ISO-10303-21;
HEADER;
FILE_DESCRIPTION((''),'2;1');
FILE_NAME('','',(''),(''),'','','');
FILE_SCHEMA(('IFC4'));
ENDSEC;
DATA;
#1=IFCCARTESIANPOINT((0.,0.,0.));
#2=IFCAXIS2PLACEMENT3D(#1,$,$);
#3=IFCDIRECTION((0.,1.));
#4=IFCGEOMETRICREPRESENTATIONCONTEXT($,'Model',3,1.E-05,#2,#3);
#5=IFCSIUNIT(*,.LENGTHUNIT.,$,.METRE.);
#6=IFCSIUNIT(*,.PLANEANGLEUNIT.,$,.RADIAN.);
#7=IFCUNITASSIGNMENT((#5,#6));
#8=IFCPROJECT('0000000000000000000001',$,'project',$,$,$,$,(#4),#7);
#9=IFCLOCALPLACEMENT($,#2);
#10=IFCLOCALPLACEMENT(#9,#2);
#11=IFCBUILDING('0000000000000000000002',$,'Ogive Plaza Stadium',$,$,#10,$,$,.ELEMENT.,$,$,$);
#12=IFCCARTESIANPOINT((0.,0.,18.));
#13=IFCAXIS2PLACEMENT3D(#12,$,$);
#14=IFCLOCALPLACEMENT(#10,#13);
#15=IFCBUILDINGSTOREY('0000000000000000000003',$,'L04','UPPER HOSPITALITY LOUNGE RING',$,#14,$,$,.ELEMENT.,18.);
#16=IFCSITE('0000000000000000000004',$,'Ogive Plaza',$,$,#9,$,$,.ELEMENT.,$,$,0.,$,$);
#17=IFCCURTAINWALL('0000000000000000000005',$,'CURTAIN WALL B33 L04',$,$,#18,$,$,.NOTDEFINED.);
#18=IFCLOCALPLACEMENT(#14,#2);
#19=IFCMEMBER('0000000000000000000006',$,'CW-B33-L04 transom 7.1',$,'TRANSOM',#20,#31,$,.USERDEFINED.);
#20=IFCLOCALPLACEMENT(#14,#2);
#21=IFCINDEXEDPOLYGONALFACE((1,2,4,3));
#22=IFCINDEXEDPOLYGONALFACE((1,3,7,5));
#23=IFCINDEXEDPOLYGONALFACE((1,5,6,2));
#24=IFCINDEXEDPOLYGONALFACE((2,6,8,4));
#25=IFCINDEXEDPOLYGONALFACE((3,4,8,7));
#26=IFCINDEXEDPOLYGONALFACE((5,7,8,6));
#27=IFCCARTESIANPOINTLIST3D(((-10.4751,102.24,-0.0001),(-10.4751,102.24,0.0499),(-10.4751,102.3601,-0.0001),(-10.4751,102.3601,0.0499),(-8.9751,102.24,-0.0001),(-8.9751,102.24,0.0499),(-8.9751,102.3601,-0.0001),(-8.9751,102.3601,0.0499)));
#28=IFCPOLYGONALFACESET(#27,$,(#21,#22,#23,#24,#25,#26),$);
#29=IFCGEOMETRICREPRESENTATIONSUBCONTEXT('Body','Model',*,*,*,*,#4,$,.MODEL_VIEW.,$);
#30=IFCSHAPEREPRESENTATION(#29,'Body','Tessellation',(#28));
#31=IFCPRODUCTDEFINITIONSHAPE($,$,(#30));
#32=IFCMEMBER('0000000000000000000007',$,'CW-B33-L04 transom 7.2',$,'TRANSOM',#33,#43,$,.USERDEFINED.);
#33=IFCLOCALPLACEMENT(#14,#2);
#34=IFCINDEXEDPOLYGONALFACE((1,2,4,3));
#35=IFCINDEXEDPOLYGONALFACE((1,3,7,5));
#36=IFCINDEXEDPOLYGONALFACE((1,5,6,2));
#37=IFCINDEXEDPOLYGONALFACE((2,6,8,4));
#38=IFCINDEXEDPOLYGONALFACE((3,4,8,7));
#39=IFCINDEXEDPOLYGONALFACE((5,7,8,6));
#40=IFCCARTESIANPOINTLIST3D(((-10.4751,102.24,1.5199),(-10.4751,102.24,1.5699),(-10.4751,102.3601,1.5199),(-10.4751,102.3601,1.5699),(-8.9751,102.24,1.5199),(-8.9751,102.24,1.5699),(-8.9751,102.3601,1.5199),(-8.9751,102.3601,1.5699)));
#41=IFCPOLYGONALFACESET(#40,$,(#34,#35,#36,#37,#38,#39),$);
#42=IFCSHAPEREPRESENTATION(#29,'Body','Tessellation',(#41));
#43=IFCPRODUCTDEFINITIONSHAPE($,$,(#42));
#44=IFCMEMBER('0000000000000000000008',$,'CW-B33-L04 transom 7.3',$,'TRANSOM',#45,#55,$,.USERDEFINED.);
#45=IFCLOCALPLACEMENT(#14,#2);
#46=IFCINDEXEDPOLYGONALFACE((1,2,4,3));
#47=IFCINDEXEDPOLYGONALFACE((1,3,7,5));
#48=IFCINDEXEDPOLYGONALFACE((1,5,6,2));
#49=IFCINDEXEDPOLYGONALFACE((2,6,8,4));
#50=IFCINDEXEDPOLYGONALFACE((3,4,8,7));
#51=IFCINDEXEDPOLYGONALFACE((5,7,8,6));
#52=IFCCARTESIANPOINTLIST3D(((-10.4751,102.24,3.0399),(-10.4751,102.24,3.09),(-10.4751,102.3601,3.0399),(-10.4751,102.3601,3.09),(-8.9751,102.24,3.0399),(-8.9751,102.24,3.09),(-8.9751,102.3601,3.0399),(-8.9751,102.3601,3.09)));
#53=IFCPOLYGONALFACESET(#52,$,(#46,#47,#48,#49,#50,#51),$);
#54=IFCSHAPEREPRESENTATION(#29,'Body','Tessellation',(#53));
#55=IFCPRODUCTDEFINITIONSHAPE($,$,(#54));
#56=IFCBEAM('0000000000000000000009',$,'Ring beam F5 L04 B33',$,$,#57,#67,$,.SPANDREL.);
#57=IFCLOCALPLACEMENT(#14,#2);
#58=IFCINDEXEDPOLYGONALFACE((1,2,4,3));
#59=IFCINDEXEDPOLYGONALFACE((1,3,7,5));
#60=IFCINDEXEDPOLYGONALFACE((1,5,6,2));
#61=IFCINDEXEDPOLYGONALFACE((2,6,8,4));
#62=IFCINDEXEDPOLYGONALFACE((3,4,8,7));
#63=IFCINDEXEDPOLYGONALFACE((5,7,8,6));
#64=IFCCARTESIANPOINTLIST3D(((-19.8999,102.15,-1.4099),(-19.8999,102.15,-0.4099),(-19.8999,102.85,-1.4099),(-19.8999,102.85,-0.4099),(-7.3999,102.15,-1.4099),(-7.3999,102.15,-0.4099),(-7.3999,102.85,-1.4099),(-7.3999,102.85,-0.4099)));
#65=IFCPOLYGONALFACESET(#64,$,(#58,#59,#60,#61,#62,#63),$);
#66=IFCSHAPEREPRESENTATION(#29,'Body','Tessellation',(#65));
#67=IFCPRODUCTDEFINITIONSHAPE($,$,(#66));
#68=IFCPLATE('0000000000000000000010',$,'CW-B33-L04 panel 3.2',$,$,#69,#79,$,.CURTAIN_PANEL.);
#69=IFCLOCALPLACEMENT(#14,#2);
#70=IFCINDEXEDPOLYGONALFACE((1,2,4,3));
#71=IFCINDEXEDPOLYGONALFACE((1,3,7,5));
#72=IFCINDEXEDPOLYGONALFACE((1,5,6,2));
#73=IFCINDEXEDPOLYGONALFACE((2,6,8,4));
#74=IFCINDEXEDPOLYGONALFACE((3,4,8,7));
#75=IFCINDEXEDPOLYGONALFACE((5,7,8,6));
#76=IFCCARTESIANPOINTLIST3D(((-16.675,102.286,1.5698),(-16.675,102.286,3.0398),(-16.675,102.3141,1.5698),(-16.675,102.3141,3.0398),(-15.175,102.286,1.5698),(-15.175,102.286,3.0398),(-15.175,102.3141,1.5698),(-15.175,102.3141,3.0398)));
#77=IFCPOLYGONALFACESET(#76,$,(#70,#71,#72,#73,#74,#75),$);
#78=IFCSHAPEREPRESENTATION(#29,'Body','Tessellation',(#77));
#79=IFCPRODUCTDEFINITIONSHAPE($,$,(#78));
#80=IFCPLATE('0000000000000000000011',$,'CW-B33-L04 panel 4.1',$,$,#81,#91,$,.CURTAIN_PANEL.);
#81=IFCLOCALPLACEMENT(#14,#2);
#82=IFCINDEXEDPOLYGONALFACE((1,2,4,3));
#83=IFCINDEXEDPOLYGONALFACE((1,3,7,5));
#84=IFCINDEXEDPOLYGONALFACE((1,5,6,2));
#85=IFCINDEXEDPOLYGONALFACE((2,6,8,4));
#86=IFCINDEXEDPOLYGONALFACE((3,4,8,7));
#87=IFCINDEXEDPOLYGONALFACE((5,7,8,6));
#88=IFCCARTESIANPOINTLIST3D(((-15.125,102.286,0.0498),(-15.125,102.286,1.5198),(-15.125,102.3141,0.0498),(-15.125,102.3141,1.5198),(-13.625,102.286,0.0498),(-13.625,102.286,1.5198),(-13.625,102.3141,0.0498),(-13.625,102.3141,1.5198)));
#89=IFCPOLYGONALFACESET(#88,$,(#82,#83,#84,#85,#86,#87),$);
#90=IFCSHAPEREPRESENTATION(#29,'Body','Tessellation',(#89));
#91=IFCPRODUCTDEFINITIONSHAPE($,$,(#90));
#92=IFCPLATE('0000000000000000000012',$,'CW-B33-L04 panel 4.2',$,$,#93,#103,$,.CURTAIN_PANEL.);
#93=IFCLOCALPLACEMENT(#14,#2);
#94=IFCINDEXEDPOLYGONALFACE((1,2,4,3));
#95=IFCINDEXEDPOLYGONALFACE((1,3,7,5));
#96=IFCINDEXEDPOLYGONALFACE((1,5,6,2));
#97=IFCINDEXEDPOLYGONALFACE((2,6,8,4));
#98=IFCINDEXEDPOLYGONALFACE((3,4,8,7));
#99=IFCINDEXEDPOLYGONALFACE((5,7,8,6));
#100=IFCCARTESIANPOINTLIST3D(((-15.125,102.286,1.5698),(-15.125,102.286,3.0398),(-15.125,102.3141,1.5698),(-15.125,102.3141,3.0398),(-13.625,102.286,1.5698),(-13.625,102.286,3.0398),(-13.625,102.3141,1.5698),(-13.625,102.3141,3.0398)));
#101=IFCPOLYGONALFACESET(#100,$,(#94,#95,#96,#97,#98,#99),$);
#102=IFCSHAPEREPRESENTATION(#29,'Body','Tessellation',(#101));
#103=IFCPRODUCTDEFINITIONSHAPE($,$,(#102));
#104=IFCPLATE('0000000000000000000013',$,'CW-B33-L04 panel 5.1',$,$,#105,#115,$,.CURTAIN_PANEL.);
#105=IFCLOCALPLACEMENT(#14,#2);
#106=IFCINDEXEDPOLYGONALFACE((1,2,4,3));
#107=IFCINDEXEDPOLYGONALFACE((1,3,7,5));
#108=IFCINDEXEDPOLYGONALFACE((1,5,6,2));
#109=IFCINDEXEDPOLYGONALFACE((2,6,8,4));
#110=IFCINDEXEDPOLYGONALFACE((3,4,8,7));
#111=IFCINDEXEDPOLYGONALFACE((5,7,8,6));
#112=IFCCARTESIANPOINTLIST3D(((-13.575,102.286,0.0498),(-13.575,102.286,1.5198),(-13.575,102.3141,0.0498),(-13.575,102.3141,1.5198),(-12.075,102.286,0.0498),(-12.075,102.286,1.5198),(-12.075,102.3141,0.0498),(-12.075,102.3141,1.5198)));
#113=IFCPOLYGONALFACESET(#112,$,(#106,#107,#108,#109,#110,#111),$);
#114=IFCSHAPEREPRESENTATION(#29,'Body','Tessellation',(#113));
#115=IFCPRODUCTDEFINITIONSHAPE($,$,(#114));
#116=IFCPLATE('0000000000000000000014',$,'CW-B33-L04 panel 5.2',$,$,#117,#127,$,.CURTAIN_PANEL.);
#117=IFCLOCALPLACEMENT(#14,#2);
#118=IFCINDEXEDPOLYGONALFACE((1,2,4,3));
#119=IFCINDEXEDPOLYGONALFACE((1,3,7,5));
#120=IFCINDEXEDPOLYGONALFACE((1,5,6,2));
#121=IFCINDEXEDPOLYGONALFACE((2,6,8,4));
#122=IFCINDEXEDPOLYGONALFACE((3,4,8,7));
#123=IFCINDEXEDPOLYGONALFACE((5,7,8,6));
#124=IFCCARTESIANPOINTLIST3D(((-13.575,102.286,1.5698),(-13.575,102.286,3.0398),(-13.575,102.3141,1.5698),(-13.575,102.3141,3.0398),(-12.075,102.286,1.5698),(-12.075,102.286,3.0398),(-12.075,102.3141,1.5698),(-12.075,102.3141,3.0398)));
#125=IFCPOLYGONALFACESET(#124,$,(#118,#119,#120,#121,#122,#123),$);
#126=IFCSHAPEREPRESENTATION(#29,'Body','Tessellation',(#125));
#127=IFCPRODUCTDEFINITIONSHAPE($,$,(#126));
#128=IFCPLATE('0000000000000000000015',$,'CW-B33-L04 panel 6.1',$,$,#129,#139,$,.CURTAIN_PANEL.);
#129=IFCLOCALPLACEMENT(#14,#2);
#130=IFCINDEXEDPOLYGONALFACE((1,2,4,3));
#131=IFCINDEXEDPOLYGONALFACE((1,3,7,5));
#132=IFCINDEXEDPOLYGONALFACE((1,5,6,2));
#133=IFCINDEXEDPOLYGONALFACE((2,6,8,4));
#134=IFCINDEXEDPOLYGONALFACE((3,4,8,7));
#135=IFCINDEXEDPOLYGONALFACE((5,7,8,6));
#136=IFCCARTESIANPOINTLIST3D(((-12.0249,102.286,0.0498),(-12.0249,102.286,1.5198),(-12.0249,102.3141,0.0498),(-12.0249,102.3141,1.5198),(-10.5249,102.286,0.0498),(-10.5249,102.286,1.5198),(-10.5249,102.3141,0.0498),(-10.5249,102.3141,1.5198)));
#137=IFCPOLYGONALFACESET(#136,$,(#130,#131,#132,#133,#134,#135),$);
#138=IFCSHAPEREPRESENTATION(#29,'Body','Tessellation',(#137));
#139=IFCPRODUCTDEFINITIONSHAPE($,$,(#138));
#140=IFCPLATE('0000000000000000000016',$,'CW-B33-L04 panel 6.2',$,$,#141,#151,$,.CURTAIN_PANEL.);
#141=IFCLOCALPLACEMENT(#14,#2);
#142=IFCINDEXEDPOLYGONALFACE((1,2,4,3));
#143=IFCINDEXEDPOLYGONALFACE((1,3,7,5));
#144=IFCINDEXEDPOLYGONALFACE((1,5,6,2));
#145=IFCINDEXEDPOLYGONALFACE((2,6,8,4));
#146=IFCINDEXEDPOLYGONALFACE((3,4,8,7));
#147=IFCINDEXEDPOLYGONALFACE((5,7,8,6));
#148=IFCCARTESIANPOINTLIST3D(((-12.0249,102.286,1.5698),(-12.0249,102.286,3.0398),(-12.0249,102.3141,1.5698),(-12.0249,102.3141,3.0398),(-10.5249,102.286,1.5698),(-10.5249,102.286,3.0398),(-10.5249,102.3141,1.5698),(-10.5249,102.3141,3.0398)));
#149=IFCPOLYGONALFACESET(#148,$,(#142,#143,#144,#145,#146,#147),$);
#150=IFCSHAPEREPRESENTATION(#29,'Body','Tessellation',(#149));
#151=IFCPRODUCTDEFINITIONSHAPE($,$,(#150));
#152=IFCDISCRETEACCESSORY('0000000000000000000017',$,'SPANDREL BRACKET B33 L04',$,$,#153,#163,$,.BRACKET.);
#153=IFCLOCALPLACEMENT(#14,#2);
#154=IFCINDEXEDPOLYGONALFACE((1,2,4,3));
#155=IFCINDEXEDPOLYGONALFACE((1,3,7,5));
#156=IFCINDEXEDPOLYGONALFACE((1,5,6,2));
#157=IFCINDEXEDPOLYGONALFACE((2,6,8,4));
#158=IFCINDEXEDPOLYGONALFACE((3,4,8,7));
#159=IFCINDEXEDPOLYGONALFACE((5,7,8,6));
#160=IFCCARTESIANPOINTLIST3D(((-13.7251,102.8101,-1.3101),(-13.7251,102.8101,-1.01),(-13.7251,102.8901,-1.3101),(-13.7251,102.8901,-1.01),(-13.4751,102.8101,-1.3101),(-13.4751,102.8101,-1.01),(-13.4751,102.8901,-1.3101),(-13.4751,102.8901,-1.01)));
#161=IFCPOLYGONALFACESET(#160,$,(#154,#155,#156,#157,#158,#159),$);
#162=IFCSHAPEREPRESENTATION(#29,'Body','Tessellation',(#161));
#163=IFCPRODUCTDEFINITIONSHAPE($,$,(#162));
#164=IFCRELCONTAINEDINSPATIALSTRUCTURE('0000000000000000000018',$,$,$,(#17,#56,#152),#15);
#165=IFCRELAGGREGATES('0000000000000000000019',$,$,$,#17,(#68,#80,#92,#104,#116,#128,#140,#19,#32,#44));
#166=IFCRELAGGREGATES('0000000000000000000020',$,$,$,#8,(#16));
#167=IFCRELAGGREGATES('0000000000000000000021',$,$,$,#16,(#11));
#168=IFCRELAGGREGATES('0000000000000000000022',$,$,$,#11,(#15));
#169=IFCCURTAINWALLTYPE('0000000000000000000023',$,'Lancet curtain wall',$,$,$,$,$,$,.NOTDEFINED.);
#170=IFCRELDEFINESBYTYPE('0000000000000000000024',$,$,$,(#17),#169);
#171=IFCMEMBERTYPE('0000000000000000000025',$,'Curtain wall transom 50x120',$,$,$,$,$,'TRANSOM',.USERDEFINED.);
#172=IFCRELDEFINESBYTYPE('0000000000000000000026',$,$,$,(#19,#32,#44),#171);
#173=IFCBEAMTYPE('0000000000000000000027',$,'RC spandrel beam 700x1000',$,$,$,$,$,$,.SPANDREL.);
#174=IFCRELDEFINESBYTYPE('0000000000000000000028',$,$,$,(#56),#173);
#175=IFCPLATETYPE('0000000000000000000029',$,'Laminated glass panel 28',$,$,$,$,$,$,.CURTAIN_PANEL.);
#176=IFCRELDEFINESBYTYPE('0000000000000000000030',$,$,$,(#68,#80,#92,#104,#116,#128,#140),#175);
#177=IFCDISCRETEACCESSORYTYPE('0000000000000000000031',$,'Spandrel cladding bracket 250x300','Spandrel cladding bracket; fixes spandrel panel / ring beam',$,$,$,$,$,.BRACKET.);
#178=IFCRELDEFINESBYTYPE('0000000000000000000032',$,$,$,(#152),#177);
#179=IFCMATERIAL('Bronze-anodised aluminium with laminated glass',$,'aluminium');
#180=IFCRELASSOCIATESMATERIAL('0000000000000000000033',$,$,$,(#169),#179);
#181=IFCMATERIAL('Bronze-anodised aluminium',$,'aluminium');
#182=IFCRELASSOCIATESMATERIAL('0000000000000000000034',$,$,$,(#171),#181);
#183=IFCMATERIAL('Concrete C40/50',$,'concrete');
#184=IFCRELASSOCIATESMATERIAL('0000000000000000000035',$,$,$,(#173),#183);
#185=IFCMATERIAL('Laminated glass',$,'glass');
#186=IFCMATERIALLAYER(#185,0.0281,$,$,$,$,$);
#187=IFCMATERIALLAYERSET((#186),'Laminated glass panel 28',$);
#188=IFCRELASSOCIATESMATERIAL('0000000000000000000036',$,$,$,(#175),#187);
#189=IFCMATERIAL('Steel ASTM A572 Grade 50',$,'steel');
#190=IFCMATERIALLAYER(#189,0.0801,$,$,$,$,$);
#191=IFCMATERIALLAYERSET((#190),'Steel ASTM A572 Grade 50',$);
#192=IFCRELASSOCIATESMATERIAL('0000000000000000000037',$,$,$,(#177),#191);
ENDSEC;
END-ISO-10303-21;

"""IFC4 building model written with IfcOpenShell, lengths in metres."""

from ifc_helpers import new_model, si_unit, direction, frame, origin, origin_2d, place, context, subcontext, project, spatial, rectangle, extrude, material, layer, layer_set, material_profile, profile_set, type_object, element, aggregate, save


model = new_model("IFC4")

# Units and contexts
model_context = context("Model", 3, precision=1e-05, world=origin(), true_north=direction((0.0, 1.0)))
body_context = subcontext(model_context, "Body", "Model", "MODEL_VIEW")
ifc_project = project(units=[si_unit("LENGTHUNIT", "METRE"), si_unit("PLANEANGLEUNIT", "RADIAN")], contexts=[model_context])

# Site, building, storey
site_placement = place(None, origin())
site = spatial("IfcSite", under=ifc_project, at=site_placement, Name="Ogive Plaza", CompositionType="ELEMENT", RefElevation=0.0)
building_placement = place(site_placement, origin())
building = spatial("IfcBuilding", under=site, at=building_placement, Name="Ogive Plaza Stadium", CompositionType="ELEMENT")
storey_placement = place(building_placement, frame((0.0, 0.0, 18.0)))
storey = spatial("IfcBuildingStorey", under=building, at=storey_placement, Name="L04", Description="UPPER HOSPITALITY LOUNGE RING", CompositionType="ELEMENT", Elevation=18.0)

# Curtain wall, members
ifc_material_1 = material(Name="Bronze-anodised aluminium with laminated glass", Category="aluminium")
curtain_wall_type = type_object("IfcCurtainWallType", Name="Lancet curtain wall", PredefinedType="NOTDEFINED", material=ifc_material_1)
curtain_wall_placement = place(storey_placement, origin())
curtain_wall = element("IfcCurtainWall", 1, at=curtain_wall_placement, inside=storey, type_object=curtain_wall_type, Name="CURTAIN WALL B33 L04", PredefinedType="NOTDEFINED")
ifc_material_2 = material(Name="Bronze-anodised aluminium", Category="aluminium")
ifc_material_profile_1 = material_profile(ifc_material_2, rectangle(XDim=0.1201, YDim=0.05, at=origin_2d()), Name="AL 120x50")
ifc_profile_set_1 = profile_set([ifc_material_profile_1], Name="Bronze-anodised aluminium")
member_type_1 = type_object("IfcMemberType", Name="Curtain wall transom 50x120", ElementType="TRANSOM", PredefinedType="USERDEFINED", material=ifc_profile_set_1)
member_1_placement = place(storey_placement, frame((-10.4751, 102.3, 0.0249), z_axis=(1.0, 0.0, 0.0), x_axis=(0.0, 1.0, 0.0)))
member_1 = element("IfcMember", 2, at=member_1_placement, type_object=member_type_1, Name="CW-B33-L04 transom 7.1", ObjectType="TRANSOM", PredefinedType="USERDEFINED", context=body_context, shape_type="SweptSolid", body=[
    extrude(rectangle(XDim=0.1201, YDim=0.05, at=origin_2d()), origin(), (0.0, 0.0, 1.0), 1.5),
])
member_2_placement = place(storey_placement, frame((-10.4751, 102.3, 1.5449), z_axis=(1.0, 0.0, 0.0), x_axis=(0.0, 1.0, 0.0)))
member_2 = element("IfcMember", 3, at=member_2_placement, type_object=member_type_1, Name="CW-B33-L04 transom 7.2", ObjectType="TRANSOM", PredefinedType="USERDEFINED", context=body_context, shape_type="SweptSolid", body=[
    extrude(rectangle(XDim=0.1201, YDim=0.05, at=origin_2d()), origin(), (0.0, 0.0, 1.0), 1.5),
])
member_3_placement = place(storey_placement, frame((-10.4751, 102.3, 3.0649), z_axis=(1.0, 0.0, 0.0), x_axis=(0.0, 1.0, 0.0)))
member_3 = element("IfcMember", 4, at=member_3_placement, type_object=member_type_1, Name="CW-B33-L04 transom 7.3", ObjectType="TRANSOM", PredefinedType="USERDEFINED", context=body_context, shape_type="SweptSolid", body=[
    extrude(rectangle(XDim=0.1201, YDim=0.05, at=origin_2d()), origin(), (0.0, 0.0, 1.0), 1.5),
])

# Beam
ifc_material_3 = material(Name="Concrete C40/50", Category="concrete")
ifc_material_profile_2 = material_profile(ifc_material_3, rectangle(XDim=0.7, YDim=1.0, at=origin_2d()), Name="RC 700x1000")
ifc_profile_set_2 = profile_set([ifc_material_profile_2], Name="Concrete C40/50")
beam_type = type_object("IfcBeamType", Name="RC spandrel beam 700x1000", PredefinedType="SPANDREL", material=ifc_profile_set_2)
beam_placement = place(storey_placement, frame((-19.8999, 102.5, -0.9099), z_axis=(1.0, 0.0, 0.0), x_axis=(0.0, 1.0, 0.0)))
element("IfcBeam", 5, at=beam_placement, inside=storey, type_object=beam_type, Name="Ring beam F5 L04 B33", PredefinedType="SPANDREL", context=body_context, shape_type="SweptSolid", body=[
    extrude(rectangle(XDim=0.7, YDim=1.0, at=origin_2d()), origin(), (0.0, 0.0, 1.0), 12.5),
])

# Plates
ifc_material_4 = material(Name="Laminated glass", Category="glass")
ifc_layer_1 = layer(ifc_material_4, 0.0281)
ifc_layer_set_1 = layer_set([ifc_layer_1], Name="Laminated glass panel 28")
plate_type = type_object("IfcPlateType", Name="Laminated glass panel 28", PredefinedType="CURTAIN_PANEL", material=ifc_layer_set_1)
plate_1_placement = place(storey_placement, frame((-15.925, 102.3, 1.5698), z_axis=(0.0, 0.0, 1.0), x_axis=(1.0, 0.0, 0.0)))
plate_1 = element("IfcPlate", 6, at=plate_1_placement, type_object=plate_type, Name="CW-B33-L04 panel 3.2", PredefinedType="CURTAIN_PANEL", context=body_context, shape_type="SweptSolid", body=[
    extrude(rectangle(XDim=1.5, YDim=0.0281, at=origin_2d()), origin(), (0.0, 0.0, 1.0), 1.47),
])
plate_2_placement = place(storey_placement, frame((-14.375, 102.3, 0.0498), z_axis=(0.0, 0.0, 1.0), x_axis=(1.0, 0.0, 0.0)))
plate_2 = element("IfcPlate", 7, at=plate_2_placement, type_object=plate_type, Name="CW-B33-L04 panel 4.1", PredefinedType="CURTAIN_PANEL", context=body_context, shape_type="SweptSolid", body=[
    extrude(rectangle(XDim=1.5, YDim=0.0281, at=origin_2d()), origin(), (0.0, 0.0, 1.0), 1.47),
])
plate_3_placement = place(storey_placement, frame((-14.375, 102.3, 1.5698), z_axis=(0.0, 0.0, 1.0), x_axis=(1.0, 0.0, 0.0)))
plate_3 = element("IfcPlate", 8, at=plate_3_placement, type_object=plate_type, Name="CW-B33-L04 panel 4.2", PredefinedType="CURTAIN_PANEL", context=body_context, shape_type="SweptSolid", body=[
    extrude(rectangle(XDim=1.5, YDim=0.0281, at=origin_2d()), origin(), (0.0, 0.0, 1.0), 1.47),
])
plate_4_placement = place(storey_placement, frame((-12.825, 102.3, 0.0498), z_axis=(0.0, 0.0, 1.0), x_axis=(1.0, 0.0, 0.0)))
plate_4 = element("IfcPlate", 9, at=plate_4_placement, type_object=plate_type, Name="CW-B33-L04 panel 5.1", PredefinedType="CURTAIN_PANEL", context=body_context, shape_type="SweptSolid", body=[
    extrude(rectangle(XDim=1.5, YDim=0.0281, at=origin_2d()), origin(), (0.0, 0.0, 1.0), 1.47),
])
plate_5_placement = place(storey_placement, frame((-12.825, 102.3, 1.5698), z_axis=(0.0, 0.0, 1.0), x_axis=(1.0, 0.0, 0.0)))
plate_5 = element("IfcPlate", 10, at=plate_5_placement, type_object=plate_type, Name="CW-B33-L04 panel 5.2", PredefinedType="CURTAIN_PANEL", context=body_context, shape_type="SweptSolid", body=[
    extrude(rectangle(XDim=1.5, YDim=0.0281, at=origin_2d()), origin(), (0.0, 0.0, 1.0), 1.47),
])
plate_6_placement = place(storey_placement, frame((-11.2749, 102.3, 0.0498), z_axis=(0.0, 0.0, 1.0), x_axis=(1.0, 0.0, 0.0)))
plate_6 = element("IfcPlate", 11, at=plate_6_placement, type_object=plate_type, Name="CW-B33-L04 panel 6.1", PredefinedType="CURTAIN_PANEL", context=body_context, shape_type="SweptSolid", body=[
    extrude(rectangle(XDim=1.5, YDim=0.0281, at=origin_2d()), origin(), (0.0, 0.0, 1.0), 1.47),
])
plate_7_placement = place(storey_placement, frame((-11.2749, 102.3, 1.5698), z_axis=(0.0, 0.0, 1.0), x_axis=(1.0, 0.0, 0.0)))
plate_7 = element("IfcPlate", 12, at=plate_7_placement, type_object=plate_type, Name="CW-B33-L04 panel 6.2", PredefinedType="CURTAIN_PANEL", context=body_context, shape_type="SweptSolid", body=[
    extrude(rectangle(XDim=1.5, YDim=0.0281, at=origin_2d()), origin(), (0.0, 0.0, 1.0), 1.47),
])
aggregate(curtain_wall, [plate_1, plate_2, plate_3, plate_4, plate_5, plate_6, plate_7, member_1, member_2, member_3])

# Discrete accessory
ifc_material_5 = material(Name="Steel ASTM A572 Grade 50", Category="steel")
ifc_layer_2 = layer(ifc_material_5, 0.0801)
ifc_layer_set_2 = layer_set([ifc_layer_2], Name="Steel ASTM A572 Grade 50")
discrete_accessory_type = type_object("IfcDiscreteAccessoryType", Name="Spandrel cladding bracket 250x300", Description="Spandrel cladding bracket; fixes spandrel panel / ring beam", PredefinedType="BRACKET", material=ifc_layer_set_2)
discrete_accessory_placement = place(storey_placement, frame((-13.6001, 102.8501, -1.3101), z_axis=(0.0, 0.0, 1.0), x_axis=(1.0, 0.0, 0.0)))
element("IfcDiscreteAccessory", 13, at=discrete_accessory_placement, inside=storey, type_object=discrete_accessory_type, Name="SPANDREL BRACKET B33 L04", PredefinedType="BRACKET", context=body_context, shape_type="SweptSolid", body=[
    extrude(rectangle(XDim=0.25, YDim=0.0801, at=origin_2d()), origin(), (0.0, 0.0, 1.0), 0.3),
])

save(model, "model.ifc")
